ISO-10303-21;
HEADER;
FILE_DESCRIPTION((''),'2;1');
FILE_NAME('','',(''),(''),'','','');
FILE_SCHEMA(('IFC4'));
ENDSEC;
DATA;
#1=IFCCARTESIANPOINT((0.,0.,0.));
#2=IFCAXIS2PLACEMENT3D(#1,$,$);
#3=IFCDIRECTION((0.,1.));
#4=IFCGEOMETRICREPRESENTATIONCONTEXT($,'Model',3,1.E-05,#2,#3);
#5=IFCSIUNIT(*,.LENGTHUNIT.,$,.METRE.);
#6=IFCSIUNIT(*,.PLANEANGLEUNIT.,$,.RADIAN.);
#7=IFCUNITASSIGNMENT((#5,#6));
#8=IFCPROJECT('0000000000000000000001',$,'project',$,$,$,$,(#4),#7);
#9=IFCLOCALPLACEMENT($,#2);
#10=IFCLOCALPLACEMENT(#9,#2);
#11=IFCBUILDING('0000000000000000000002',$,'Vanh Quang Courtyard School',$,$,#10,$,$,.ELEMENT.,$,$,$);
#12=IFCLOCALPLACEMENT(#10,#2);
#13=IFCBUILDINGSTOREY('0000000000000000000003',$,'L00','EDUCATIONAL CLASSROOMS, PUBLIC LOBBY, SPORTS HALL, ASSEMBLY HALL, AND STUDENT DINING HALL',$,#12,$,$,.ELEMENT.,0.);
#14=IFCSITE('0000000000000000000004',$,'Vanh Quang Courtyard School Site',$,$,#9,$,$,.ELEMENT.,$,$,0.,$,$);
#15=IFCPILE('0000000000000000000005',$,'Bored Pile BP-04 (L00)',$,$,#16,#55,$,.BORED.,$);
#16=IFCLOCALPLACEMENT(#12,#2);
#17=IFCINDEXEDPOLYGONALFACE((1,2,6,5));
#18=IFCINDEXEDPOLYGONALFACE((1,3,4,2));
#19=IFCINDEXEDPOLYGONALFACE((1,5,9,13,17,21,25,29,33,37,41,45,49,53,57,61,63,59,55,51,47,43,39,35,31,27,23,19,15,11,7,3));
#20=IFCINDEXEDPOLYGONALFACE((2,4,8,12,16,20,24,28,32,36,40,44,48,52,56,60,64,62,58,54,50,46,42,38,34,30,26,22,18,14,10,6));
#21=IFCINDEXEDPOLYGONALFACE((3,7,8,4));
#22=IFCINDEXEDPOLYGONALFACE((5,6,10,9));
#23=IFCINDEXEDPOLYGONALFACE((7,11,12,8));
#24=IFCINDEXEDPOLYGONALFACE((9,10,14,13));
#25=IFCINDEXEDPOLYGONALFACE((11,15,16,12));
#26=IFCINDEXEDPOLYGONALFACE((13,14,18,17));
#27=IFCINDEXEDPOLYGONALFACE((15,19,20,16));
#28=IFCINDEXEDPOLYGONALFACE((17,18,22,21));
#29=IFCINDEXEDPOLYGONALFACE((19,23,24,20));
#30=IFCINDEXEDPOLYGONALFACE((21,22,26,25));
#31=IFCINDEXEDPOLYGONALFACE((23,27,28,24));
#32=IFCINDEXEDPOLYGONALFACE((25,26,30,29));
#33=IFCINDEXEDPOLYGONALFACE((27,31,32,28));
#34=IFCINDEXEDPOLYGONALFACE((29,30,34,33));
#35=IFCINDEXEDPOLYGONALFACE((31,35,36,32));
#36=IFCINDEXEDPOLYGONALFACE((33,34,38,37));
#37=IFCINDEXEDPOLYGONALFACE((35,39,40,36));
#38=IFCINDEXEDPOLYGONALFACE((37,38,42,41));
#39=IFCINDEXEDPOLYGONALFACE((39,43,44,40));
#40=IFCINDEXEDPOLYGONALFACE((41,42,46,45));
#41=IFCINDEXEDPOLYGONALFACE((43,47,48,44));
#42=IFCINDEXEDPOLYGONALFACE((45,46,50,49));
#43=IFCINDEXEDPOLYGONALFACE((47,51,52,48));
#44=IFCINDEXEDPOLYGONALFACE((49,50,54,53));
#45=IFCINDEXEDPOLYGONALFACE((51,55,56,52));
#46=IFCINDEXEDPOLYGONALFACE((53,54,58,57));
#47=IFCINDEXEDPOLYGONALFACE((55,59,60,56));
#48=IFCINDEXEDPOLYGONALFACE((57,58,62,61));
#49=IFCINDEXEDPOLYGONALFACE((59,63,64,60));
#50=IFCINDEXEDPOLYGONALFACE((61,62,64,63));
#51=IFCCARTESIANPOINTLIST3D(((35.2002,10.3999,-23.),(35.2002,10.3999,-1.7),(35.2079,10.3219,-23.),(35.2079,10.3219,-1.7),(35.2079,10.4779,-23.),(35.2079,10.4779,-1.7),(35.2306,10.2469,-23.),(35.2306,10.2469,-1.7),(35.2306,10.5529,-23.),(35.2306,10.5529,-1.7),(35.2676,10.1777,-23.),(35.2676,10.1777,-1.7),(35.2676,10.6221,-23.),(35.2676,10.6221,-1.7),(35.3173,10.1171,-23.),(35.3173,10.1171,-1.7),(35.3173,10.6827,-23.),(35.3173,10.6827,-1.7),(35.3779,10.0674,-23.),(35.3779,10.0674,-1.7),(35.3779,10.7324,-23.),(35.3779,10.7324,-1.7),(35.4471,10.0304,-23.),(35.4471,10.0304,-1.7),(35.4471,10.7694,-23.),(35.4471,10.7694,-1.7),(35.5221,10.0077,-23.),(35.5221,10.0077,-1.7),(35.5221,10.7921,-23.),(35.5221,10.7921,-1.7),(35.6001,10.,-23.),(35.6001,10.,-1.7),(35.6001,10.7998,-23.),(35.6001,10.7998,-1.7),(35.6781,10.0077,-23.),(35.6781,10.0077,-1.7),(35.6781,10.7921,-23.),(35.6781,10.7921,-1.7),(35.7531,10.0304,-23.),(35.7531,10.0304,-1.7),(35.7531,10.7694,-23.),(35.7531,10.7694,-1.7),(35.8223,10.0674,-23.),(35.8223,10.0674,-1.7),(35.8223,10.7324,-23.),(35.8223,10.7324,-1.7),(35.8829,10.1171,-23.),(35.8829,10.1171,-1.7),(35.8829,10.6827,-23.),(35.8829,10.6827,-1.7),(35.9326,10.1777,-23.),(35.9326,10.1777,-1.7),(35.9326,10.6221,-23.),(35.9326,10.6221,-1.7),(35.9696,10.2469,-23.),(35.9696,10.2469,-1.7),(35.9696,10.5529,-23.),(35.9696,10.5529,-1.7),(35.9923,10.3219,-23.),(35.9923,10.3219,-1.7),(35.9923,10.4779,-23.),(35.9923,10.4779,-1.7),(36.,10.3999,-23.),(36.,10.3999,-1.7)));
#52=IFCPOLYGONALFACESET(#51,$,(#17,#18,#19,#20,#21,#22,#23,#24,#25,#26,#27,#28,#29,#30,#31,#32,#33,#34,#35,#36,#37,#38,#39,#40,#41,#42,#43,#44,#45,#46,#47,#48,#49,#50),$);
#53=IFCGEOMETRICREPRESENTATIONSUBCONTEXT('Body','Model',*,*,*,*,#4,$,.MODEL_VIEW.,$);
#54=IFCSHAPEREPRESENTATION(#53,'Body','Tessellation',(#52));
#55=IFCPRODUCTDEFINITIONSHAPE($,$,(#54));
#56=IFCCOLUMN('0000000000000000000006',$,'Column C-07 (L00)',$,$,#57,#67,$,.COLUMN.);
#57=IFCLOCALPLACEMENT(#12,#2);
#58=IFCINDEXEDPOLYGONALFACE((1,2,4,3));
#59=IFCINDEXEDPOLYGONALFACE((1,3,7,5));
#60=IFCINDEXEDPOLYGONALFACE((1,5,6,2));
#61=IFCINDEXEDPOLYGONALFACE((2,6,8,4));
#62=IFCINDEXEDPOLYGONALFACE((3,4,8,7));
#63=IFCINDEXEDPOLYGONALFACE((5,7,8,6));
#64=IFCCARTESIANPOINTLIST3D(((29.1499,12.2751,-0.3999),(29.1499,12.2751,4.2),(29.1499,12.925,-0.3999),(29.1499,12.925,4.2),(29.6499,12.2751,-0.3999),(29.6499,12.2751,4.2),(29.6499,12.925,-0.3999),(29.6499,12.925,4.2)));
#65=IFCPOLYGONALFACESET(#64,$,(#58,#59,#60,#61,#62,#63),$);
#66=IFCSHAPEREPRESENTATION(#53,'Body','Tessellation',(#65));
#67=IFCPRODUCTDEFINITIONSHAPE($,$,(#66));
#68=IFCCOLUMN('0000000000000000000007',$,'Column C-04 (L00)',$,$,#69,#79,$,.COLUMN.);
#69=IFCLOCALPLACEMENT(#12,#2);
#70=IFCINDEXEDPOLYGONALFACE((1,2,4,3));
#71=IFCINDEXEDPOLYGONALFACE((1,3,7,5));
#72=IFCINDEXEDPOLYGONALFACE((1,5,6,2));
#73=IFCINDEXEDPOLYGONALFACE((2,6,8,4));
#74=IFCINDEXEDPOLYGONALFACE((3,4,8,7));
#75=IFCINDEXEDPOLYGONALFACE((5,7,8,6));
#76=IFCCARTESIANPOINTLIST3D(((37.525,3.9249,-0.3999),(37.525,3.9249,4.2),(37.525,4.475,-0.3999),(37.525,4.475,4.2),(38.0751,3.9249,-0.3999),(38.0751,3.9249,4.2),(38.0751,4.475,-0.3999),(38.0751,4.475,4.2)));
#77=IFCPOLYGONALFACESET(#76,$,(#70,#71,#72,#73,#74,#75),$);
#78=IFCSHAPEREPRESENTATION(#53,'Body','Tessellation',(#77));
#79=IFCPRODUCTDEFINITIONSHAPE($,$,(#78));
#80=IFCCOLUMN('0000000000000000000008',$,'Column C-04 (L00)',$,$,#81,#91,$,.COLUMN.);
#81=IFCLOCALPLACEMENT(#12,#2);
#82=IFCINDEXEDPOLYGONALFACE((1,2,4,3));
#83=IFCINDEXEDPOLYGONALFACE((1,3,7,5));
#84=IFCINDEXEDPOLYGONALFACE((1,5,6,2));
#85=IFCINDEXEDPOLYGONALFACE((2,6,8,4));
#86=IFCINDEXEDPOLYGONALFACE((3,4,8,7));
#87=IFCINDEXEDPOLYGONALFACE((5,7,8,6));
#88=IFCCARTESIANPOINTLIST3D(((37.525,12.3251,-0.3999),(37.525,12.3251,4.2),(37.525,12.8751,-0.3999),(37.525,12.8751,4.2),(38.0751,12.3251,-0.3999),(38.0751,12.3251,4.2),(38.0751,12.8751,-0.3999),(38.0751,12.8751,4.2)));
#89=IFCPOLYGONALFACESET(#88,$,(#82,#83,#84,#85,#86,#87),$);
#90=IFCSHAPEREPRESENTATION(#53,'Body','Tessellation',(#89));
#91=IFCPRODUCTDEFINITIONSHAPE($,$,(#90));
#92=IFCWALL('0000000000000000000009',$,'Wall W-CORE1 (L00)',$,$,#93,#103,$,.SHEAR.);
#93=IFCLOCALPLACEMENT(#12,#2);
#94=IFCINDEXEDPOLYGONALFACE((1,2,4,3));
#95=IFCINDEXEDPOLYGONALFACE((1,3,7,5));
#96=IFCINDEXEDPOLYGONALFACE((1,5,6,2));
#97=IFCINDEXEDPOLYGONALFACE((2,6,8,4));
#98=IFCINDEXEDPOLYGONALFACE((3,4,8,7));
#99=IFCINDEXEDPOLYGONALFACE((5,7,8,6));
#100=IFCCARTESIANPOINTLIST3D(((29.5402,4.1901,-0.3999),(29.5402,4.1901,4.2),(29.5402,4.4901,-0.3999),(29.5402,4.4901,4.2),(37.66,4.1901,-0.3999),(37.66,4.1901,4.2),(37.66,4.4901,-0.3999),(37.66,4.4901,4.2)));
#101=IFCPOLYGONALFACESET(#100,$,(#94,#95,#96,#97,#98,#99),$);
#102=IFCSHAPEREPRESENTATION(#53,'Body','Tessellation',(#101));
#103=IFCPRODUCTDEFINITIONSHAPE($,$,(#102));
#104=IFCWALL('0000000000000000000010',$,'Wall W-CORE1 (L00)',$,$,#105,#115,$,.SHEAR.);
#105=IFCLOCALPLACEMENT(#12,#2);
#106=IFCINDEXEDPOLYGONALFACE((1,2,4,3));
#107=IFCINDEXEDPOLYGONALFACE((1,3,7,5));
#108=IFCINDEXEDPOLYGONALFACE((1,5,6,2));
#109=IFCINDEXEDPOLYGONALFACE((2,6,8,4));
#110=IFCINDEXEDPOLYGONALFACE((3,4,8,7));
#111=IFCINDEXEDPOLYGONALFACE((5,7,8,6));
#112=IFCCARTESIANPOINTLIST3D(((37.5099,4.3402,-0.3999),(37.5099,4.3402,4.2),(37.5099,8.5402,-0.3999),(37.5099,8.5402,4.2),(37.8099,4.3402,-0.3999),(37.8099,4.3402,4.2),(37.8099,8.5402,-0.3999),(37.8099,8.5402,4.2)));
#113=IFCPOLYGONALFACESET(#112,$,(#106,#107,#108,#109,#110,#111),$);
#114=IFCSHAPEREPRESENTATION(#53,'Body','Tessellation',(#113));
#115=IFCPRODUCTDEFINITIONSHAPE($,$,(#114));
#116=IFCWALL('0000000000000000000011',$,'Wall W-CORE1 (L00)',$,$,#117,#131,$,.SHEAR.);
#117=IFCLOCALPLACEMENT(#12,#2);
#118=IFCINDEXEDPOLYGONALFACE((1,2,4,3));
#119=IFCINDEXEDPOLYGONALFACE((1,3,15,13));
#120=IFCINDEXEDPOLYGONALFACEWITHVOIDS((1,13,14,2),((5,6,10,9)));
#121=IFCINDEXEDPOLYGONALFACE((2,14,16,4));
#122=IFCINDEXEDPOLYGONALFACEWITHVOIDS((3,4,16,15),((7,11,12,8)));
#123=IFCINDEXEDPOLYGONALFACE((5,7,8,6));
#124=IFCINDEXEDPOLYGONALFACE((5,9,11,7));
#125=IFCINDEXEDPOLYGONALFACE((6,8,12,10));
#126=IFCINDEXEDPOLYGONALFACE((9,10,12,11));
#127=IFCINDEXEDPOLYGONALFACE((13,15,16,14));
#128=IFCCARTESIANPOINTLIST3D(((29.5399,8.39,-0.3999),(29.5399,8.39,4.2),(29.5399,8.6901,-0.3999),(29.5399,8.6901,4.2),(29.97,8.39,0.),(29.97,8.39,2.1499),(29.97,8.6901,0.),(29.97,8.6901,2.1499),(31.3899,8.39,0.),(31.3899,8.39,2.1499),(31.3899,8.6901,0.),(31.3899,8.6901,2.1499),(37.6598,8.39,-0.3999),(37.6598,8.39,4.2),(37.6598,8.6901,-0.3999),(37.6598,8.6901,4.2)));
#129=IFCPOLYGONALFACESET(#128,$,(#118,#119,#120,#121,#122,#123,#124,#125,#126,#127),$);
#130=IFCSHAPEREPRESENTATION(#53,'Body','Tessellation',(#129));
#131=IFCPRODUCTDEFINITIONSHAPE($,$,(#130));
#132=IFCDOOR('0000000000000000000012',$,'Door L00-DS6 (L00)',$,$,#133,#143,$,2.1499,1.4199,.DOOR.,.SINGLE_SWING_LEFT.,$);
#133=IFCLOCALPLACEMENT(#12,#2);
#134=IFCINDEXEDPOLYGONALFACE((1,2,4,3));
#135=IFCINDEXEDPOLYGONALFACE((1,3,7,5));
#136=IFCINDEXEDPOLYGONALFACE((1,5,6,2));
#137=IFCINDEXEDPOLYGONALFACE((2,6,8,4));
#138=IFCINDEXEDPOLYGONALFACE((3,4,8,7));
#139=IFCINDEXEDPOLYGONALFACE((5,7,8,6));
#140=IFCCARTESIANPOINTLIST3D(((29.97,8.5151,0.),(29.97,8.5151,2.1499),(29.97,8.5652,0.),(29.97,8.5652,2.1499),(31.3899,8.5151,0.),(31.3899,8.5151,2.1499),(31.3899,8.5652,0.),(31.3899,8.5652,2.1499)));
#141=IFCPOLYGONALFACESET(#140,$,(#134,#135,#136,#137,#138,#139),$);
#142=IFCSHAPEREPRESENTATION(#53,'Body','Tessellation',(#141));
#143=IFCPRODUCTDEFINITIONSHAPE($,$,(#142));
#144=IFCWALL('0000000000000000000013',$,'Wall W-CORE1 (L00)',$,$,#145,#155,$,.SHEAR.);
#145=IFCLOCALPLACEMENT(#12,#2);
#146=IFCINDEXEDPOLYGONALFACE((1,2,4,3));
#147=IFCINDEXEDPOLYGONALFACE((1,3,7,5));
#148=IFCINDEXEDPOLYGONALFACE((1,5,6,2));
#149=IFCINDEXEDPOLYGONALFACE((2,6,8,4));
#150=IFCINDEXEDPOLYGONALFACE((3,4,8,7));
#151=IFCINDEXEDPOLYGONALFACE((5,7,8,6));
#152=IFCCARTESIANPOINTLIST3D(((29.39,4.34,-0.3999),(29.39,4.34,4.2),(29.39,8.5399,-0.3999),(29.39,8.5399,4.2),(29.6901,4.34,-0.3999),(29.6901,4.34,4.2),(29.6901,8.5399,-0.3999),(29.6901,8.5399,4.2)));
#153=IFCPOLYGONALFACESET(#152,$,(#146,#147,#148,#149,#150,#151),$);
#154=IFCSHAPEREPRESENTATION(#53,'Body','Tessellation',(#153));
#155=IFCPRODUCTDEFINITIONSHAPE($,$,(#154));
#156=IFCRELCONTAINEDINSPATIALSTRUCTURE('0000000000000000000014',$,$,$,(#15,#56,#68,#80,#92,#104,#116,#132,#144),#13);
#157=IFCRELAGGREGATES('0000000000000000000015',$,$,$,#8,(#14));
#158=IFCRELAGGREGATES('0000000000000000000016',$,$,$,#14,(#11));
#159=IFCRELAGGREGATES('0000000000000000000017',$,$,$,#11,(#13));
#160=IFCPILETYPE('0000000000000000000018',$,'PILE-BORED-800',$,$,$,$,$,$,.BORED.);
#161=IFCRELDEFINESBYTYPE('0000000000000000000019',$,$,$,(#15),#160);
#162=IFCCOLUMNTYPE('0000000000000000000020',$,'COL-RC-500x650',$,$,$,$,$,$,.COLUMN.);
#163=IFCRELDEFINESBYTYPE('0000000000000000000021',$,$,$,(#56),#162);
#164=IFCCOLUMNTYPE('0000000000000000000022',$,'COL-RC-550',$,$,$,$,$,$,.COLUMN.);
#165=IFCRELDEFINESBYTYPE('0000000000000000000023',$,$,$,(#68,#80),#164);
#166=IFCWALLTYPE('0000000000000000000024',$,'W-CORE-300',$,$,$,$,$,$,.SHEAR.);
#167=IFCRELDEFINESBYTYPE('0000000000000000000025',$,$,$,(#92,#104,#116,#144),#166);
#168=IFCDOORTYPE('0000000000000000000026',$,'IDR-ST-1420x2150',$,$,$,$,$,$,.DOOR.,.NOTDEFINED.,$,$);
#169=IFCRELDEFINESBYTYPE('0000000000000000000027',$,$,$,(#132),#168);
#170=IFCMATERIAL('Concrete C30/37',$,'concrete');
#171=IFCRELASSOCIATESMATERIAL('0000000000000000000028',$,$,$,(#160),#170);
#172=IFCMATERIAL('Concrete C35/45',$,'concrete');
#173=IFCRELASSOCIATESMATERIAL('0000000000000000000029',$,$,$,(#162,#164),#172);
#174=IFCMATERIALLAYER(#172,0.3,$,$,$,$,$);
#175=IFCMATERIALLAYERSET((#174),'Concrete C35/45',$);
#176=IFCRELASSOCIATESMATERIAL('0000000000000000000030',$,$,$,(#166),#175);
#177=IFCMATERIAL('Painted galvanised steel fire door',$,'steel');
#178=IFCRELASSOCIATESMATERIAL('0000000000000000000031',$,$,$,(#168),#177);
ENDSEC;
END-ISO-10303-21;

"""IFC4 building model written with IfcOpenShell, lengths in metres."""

from ifc_helpers import new_model, si_unit, direction, frame, frame_2d, origin, origin_2d, place, context, subcontext, project, spatial, rectangle, circle, extrude, material, layer, layer_set, material_profile, profile_set, type_object, element, fill, save


model = new_model("IFC4")

# Units and contexts
model_context = context("Model", 3, precision=1e-05, world=origin(), true_north=direction((0.0, 1.0)))
body_context = subcontext(model_context, "Body", "Model", "MODEL_VIEW")
ifc_project = project(units=[si_unit("LENGTHUNIT", "METRE"), si_unit("PLANEANGLEUNIT", "RADIAN")], contexts=[model_context])

# Site, building, storey
site_placement = place(None, origin())
site = spatial("IfcSite", under=ifc_project, at=site_placement, Name="Vanh Quang Courtyard School Site", CompositionType="ELEMENT", RefElevation=0.0)
building_placement = place(site_placement, origin())
building = spatial("IfcBuilding", under=site, at=building_placement, Name="Vanh Quang Courtyard School", CompositionType="ELEMENT")
storey_placement = place(building_placement, origin())
storey = spatial("IfcBuildingStorey", under=building, at=storey_placement, Name="L00", Description="EDUCATIONAL CLASSROOMS, PUBLIC LOBBY, SPORTS HALL, ASSEMBLY HALL, AND STUDENT DINING HALL", CompositionType="ELEMENT", Elevation=0.0)

# Shared definitions
ifc_material_1 = material(Name="Concrete C35/45", Category="concrete")

# Pile
ifc_material_2 = material(Name="Concrete C30/37", Category="concrete")
ifc_material_profile_1 = material_profile(ifc_material_2, circle(Radius=0.3999, at=origin_2d()), Name="PILE D800")
ifc_profile_set_1 = profile_set([ifc_material_profile_1], Name="Concrete C30/37")
pile_type = type_object("IfcPileType", Name="PILE-BORED-800", PredefinedType="BORED", material=ifc_profile_set_1)
for number, where, z_axis, x_axis, name in (
    (1, (35.6001, 10.3999, -1.7), (0.0, 0.0, -1.0), (1.0, 0.0, 0.0), "Bored Pile BP-04 (L00)"),
):
    element("IfcPile", number, at=place(storey_placement, frame(where, z_axis=z_axis, x_axis=x_axis)), inside=storey, type_object=pile_type, Name=name, PredefinedType="BORED", context=body_context, shape_type="SweptSolid", body=[
        extrude(circle(Radius=0.3999, at=origin_2d()), origin(), (0.0, 0.0, 1.0), 21.3),
    ])

# Columns
ifc_material_profile_2 = material_profile(ifc_material_1, rectangle(XDim=0.5, YDim=0.6499, at=origin_2d()), Name="RC-COL 500x650")
ifc_profile_set_2 = profile_set([ifc_material_profile_2], Name="Concrete C35/45")
column_type_1 = type_object("IfcColumnType", Name="COL-RC-500x650", PredefinedType="COLUMN", material=ifc_profile_set_2)
column_placement = place(storey_placement, frame((29.3999, 12.6001, -0.3999), z_axis=(0.0, 0.0, 1.0), x_axis=(1.0, 0.0, 0.0)))
element("IfcColumn", 2, at=column_placement, inside=storey, type_object=column_type_1, Name="Column C-07 (L00)", PredefinedType="COLUMN", context=body_context, shape_type="SweptSolid", body=[
    extrude(rectangle(XDim=0.5, YDim=0.6499, at=origin_2d()), origin(), (0.0, 0.0, 1.0), 4.5999),
])
ifc_material_profile_3 = material_profile(ifc_material_1, rectangle(XDim=0.55, YDim=0.55, at=origin_2d()), Name="RC-COL 550x550")
ifc_profile_set_3 = profile_set([ifc_material_profile_3], Name="Concrete C35/45")
column_type_2 = type_object("IfcColumnType", Name="COL-RC-550", PredefinedType="COLUMN", material=ifc_profile_set_3)
for number, where, z_axis, x_axis, name in (
    (3, (37.8, 4.2, -0.3999), (0.0, 0.0, 1.0), (1.0, 0.0, 0.0), "Column C-04 (L00)"),
    (4, (37.8, 12.6001, -0.3999), (0.0, 0.0, 1.0), (1.0, 0.0, 0.0), "Column C-04 (L00)"),
):
    element("IfcColumn", number, at=place(storey_placement, frame(where, z_axis=z_axis, x_axis=x_axis)), inside=storey, type_object=column_type_2, Name=name, PredefinedType="COLUMN", context=body_context, shape_type="SweptSolid", body=[
        extrude(rectangle(XDim=0.55, YDim=0.55, at=origin_2d()), origin(), (0.0, 0.0, 1.0), 4.5999),
    ])

# Walls
ifc_layer_1 = layer(ifc_material_1, 0.3)
ifc_layer_set_1 = layer_set([ifc_layer_1], Name="Concrete C35/45")
wall_type_1 = type_object("IfcWallType", Name="W-CORE-300", PredefinedType="SHEAR", material=ifc_layer_set_1)
wall_1_placement = place(storey_placement, frame((29.54, 4.3401, -0.3999), z_axis=(0.0, 0.0, 1.0), x_axis=(1.0, 0.0, 0.0)))
element("IfcWall", 5, at=wall_1_placement, inside=storey, type_object=wall_type_1, Name="Wall W-CORE1 (L00)", PredefinedType="SHEAR", context=body_context, shape_type="SweptSolid", body=[
    extrude(rectangle(XDim=8.1199, YDim=0.3, at=frame_2d((4.0601, 0.0))), origin(), (0.0, 0.0, 1.0), 4.5999),
])
wall_2_placement = place(storey_placement, frame((37.6599, 4.3401, -0.3999), z_axis=(0.0, 0.0, 1.0), x_axis=(0.0, 1.0, 0.0)))
element("IfcWall", 6, at=wall_2_placement, inside=storey, type_object=wall_type_1, Name="Wall W-CORE1 (L00)", PredefinedType="SHEAR", context=body_context, shape_type="SweptSolid", body=[
    extrude(rectangle(XDim=4.2, YDim=0.3, at=frame_2d((2.1001, 0.0))), origin(), (0.0, 0.0, 1.0), 4.5999),
])

# Wall, opening, door
wall_3_placement = place(storey_placement, frame((37.6599, 8.54, -0.3999), z_axis=(0.0, 0.0, 1.0), x_axis=(-1.0, 0.0, 0.0)))
wall_3 = element("IfcWall", 7, at=wall_3_placement, inside=storey, type_object=wall_type_1, Name="Wall W-CORE1 (L00)", PredefinedType="SHEAR", context=body_context, shape_type="SweptSolid", body=[
    extrude(rectangle(XDim=8.1199, YDim=0.3, at=frame_2d((4.0601, 0.0))), origin(), (0.0, 0.0, 1.0), 4.5999),
])
opening_1_placement = place(wall_3_placement, frame((6.27, 0.0, 0.3999)))
opening_1 = element("IfcOpeningElement", 8, at=opening_1_placement, cuts=wall_3, PredefinedType="OPENING", context=body_context, shape_type="SweptSolid", body=[
    extrude(rectangle(XDim=1.4199, YDim=2.1499, at=frame_2d((0.71, 1.075))), frame((0.0, 0.1602, 0.0), z_axis=(0.0, -1.0, 0.0), x_axis=(1.0, 0.0, 0.0)), (0.0, 0.0, 1.0), 0.3201),
])
ifc_material_3 = material(Name="Painted galvanised steel fire door", Category="steel")
door_type_1 = type_object("IfcDoorType", Name="IDR-ST-1420x2150", OperationType="NOTDEFINED", PredefinedType="DOOR", material=ifc_material_3)
door_1_placement = place(opening_1_placement, origin())
door_1 = element("IfcDoor", 9, at=door_1_placement, inside=storey, type_object=door_type_1, Name="Door L00-DS6 (L00)", OperationType="SINGLE_SWING_LEFT", OverallHeight=2.1499, OverallWidth=1.4199, PredefinedType="DOOR", context=body_context, shape_type="SweptSolid", body=[
    extrude(rectangle(XDim=1.4199, YDim=2.1499, at=frame_2d((0.71, 1.075))), frame((0.0, 0.0249, 0.0), z_axis=(0.0, -1.0, 0.0), x_axis=(1.0, 0.0, 0.0)), (0.0, 0.0, 1.0), 0.05),
])
fill(opening_1, door_1)

# Wall
wall_4_placement = place(storey_placement, frame((29.54, 8.54, -0.3999), z_axis=(0.0, 0.0, 1.0), x_axis=(0.0, -1.0, 0.0)))
element("IfcWall", 10, at=wall_4_placement, inside=storey, type_object=wall_type_1, Name="Wall W-CORE1 (L00)", PredefinedType="SHEAR", context=body_context, shape_type="SweptSolid", body=[
    extrude(rectangle(XDim=4.2, YDim=0.3, at=frame_2d((2.1001, 0.0))), origin(), (0.0, 0.0, 1.0), 4.5999),
])

save(model, "model.ifc")
